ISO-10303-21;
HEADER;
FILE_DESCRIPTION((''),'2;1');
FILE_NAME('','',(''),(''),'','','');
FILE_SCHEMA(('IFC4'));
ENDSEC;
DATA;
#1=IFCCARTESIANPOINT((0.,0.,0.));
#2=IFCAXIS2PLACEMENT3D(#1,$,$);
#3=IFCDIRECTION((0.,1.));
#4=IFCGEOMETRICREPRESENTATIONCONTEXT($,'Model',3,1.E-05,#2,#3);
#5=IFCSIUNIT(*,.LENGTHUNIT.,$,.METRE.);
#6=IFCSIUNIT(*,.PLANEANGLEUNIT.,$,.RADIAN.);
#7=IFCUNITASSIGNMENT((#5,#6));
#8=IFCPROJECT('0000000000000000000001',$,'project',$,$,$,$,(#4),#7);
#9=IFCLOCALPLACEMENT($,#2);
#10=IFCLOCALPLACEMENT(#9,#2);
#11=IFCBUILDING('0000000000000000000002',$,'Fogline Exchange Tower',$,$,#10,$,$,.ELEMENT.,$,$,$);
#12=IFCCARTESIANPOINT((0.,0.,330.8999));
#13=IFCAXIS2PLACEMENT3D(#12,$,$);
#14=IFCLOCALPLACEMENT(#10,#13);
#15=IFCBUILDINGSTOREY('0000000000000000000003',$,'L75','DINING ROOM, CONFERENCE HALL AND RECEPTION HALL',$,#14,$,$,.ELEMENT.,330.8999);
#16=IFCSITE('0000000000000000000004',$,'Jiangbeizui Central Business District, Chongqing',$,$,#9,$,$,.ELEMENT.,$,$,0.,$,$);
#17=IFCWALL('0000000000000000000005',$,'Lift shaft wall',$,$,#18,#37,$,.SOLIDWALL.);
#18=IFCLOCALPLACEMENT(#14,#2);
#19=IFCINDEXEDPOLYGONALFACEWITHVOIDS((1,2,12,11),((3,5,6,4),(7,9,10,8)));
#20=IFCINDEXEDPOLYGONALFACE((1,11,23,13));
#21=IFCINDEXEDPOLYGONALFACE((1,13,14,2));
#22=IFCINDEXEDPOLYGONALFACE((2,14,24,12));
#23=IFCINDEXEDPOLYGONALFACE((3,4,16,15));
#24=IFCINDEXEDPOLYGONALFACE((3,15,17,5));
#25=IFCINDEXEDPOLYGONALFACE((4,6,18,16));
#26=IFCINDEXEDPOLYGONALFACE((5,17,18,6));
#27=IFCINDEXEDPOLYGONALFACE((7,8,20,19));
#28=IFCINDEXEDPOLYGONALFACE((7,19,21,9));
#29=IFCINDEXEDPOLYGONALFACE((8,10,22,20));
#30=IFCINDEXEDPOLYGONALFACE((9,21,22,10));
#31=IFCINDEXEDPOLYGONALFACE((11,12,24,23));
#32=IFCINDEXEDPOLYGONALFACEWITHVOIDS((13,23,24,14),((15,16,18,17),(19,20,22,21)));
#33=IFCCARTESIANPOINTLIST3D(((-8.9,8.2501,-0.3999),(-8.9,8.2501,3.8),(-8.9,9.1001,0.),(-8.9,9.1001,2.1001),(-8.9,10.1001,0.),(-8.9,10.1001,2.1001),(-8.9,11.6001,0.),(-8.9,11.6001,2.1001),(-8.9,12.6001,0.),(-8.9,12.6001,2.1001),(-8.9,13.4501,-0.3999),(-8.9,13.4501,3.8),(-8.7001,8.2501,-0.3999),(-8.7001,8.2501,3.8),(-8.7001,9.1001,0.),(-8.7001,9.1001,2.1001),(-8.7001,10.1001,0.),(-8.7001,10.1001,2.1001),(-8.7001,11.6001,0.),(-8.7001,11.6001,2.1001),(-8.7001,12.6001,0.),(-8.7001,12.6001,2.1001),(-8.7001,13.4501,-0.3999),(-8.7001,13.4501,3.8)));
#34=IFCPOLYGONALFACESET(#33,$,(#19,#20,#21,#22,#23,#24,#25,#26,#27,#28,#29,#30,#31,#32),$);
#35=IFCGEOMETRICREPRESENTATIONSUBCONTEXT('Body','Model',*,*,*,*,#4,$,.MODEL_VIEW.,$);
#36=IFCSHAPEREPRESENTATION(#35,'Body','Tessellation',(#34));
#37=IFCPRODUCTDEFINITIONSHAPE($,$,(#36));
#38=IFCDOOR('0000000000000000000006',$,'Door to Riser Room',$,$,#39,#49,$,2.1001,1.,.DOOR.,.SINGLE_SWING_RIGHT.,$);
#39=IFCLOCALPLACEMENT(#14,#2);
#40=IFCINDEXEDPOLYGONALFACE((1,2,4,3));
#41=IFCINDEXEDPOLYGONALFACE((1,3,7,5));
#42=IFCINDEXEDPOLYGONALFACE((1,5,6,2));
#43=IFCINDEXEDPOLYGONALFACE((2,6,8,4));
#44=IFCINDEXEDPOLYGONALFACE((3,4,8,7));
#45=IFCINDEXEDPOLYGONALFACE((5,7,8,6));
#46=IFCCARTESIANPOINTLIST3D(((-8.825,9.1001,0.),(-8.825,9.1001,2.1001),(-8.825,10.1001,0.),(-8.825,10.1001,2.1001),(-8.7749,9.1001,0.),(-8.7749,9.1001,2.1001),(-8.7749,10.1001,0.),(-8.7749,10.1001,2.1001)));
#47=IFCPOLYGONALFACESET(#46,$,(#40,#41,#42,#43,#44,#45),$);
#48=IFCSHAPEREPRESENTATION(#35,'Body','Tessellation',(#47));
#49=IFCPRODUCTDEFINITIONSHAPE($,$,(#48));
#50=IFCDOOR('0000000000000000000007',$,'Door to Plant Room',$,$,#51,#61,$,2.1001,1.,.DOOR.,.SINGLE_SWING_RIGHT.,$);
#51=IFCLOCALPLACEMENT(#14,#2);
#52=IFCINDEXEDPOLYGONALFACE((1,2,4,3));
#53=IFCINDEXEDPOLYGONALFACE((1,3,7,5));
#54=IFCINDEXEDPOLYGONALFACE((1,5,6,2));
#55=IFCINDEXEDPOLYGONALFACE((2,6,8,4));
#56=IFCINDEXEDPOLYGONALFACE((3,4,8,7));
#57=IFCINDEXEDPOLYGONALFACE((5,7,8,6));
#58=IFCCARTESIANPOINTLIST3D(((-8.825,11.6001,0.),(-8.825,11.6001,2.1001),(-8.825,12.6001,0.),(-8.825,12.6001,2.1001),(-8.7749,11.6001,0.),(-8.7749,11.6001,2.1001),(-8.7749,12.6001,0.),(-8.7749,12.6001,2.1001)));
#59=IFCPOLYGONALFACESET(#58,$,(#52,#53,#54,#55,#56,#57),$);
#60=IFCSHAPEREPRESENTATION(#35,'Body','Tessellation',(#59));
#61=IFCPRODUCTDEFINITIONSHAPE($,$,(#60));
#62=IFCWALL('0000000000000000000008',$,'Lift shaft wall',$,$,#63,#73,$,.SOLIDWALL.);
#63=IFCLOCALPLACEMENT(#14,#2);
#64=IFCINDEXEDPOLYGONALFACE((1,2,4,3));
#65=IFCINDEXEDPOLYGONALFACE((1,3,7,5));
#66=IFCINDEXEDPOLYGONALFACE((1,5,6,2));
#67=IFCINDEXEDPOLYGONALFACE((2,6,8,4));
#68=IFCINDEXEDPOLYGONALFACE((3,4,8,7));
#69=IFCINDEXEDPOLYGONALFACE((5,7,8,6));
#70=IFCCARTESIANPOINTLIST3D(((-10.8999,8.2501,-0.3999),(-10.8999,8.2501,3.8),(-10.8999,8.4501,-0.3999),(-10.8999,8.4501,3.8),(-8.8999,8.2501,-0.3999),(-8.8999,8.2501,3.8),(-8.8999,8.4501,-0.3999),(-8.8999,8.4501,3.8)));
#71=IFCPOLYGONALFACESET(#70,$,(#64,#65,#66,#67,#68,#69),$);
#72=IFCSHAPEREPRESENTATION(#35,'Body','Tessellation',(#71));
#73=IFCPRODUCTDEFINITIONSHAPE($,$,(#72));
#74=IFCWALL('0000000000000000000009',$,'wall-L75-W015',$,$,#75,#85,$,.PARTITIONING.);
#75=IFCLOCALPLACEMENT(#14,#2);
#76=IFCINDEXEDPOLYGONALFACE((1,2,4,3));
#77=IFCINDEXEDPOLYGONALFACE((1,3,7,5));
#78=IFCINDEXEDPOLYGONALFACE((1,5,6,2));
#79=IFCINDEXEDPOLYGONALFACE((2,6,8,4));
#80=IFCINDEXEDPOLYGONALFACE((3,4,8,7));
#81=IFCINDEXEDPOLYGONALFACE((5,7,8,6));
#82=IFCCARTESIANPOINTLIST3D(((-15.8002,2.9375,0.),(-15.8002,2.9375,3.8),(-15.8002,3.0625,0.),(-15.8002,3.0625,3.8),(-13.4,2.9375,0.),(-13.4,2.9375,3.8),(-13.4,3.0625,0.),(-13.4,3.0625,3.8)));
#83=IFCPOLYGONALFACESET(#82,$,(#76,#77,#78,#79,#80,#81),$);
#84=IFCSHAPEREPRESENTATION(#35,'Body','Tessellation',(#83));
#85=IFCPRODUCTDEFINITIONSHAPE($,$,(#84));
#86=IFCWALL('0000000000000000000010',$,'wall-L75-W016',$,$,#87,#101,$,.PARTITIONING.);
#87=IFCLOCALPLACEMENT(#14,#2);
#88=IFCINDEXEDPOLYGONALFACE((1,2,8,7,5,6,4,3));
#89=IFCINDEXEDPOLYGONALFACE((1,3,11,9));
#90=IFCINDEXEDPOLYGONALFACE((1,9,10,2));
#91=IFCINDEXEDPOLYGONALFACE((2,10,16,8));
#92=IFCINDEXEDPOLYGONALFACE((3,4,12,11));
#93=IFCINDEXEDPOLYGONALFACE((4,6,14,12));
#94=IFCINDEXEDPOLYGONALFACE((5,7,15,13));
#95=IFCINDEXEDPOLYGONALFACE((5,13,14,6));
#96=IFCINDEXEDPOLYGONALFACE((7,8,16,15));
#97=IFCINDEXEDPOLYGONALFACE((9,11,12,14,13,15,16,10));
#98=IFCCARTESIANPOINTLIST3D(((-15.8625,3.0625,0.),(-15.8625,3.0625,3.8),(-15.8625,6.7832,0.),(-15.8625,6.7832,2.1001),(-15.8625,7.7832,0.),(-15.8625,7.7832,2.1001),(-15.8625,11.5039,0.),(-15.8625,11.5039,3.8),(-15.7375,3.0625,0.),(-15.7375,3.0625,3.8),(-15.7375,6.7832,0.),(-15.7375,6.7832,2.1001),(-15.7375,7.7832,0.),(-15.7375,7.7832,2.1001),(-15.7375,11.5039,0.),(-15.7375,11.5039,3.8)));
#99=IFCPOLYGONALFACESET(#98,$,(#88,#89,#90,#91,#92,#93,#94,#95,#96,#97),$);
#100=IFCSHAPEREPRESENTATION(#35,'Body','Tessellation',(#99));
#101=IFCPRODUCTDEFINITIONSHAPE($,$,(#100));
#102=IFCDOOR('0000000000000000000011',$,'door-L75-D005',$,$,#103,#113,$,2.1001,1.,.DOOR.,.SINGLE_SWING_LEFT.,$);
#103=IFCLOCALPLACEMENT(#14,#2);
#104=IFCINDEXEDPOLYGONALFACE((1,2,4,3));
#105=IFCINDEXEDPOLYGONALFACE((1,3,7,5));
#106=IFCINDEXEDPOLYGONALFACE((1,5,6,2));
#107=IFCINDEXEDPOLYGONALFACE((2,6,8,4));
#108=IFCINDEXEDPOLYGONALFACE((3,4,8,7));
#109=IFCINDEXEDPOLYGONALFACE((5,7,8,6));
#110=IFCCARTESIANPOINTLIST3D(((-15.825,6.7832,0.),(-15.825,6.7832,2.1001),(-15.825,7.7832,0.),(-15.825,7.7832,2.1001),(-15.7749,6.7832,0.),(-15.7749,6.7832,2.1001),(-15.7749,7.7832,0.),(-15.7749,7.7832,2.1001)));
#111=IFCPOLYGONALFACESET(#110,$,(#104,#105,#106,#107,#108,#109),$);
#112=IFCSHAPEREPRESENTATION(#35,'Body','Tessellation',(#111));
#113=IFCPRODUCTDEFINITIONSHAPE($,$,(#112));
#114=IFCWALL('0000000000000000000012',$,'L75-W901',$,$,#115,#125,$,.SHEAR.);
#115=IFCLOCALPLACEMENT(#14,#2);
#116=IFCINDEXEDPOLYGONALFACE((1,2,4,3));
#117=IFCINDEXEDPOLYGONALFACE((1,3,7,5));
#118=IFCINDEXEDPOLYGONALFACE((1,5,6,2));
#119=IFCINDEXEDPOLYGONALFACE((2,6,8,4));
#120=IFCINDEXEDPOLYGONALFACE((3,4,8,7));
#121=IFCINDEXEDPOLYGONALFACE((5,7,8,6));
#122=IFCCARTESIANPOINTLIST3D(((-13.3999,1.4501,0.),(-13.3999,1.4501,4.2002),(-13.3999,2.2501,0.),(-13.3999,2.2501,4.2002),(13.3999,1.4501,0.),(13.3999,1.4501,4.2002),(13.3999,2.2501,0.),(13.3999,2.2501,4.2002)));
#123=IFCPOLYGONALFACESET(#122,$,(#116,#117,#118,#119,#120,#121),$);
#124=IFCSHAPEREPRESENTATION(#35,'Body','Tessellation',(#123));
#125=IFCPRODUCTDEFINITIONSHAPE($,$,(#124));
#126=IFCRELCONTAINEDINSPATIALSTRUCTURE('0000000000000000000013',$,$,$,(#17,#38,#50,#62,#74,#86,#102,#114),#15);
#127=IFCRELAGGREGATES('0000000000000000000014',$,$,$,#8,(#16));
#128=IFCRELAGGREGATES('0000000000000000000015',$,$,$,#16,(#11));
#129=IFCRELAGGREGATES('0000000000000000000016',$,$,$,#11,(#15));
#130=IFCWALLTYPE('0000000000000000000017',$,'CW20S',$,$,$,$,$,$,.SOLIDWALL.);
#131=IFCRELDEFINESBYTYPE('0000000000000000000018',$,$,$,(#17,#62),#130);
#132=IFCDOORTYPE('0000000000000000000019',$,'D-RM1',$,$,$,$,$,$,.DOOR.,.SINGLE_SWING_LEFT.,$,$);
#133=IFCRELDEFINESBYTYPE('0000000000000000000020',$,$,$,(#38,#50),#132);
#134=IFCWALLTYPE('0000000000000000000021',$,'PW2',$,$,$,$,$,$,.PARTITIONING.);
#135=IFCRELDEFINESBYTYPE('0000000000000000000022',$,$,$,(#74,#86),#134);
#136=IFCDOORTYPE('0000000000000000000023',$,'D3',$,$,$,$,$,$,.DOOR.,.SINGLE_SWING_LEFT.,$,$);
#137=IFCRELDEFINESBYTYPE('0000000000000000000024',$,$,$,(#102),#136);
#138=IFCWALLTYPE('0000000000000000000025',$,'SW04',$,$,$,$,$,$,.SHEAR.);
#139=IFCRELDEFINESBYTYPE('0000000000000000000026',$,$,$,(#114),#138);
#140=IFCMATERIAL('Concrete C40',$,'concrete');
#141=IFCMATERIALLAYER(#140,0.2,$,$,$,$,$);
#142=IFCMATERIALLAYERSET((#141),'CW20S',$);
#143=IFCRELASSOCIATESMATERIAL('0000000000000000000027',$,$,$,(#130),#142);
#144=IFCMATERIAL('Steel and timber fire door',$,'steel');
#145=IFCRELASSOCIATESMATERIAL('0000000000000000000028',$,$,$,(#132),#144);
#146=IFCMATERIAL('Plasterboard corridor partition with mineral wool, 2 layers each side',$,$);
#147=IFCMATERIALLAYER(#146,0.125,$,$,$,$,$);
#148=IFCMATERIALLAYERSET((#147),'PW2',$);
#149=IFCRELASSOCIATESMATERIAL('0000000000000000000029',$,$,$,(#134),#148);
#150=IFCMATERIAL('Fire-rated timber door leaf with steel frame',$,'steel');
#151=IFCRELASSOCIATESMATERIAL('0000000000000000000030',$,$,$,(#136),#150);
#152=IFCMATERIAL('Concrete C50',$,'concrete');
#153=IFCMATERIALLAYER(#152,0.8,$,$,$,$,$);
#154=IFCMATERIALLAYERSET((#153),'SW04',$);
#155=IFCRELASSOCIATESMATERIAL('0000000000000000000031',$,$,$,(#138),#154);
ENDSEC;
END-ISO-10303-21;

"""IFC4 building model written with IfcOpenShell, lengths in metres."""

from ifc_helpers import new_model, si_unit, direction, frame, frame_2d, origin, place, context, subcontext, project, spatial, rectangle, extrude, material, layer, layer_set, type_object, element, fill, save


model = new_model("IFC4")

# Units and contexts
model_context = context("Model", 3, precision=1e-05, world=origin(), true_north=direction((0.0, 1.0)))
body_context = subcontext(model_context, "Body", "Model", "MODEL_VIEW")
ifc_project = project(units=[si_unit("LENGTHUNIT", "METRE"), si_unit("PLANEANGLEUNIT", "RADIAN")], contexts=[model_context])

# Site, building, storey
site_placement = place(None, origin())
site = spatial("IfcSite", under=ifc_project, at=site_placement, Name="Jiangbeizui Central Business District, Chongqing", CompositionType="ELEMENT", RefElevation=0.0)
building_placement = place(site_placement, origin())
building = spatial("IfcBuilding", under=site, at=building_placement, Name="Fogline Exchange Tower", CompositionType="ELEMENT")
storey_placement = place(building_placement, frame((0.0, 0.0, 330.8999)))
storey = spatial("IfcBuildingStorey", under=building, at=storey_placement, Name="L75", Description="DINING ROOM, CONFERENCE HALL AND RECEPTION HALL", CompositionType="ELEMENT", Elevation=330.8999)

# Shared definitions
ifc_material_1 = material(Name="Concrete C40", Category="concrete")

# Shared definitions
ifc_material_2 = material(Name="Steel and timber fire door", Category="steel")

# Wall, openings, doors
ifc_layer_1 = layer(ifc_material_1, 0.2)
ifc_layer_set_1 = layer_set([ifc_layer_1], Name="CW20S")
wall_type_1 = type_object("IfcWallType", Name="CW20S", PredefinedType="SOLIDWALL", material=ifc_layer_set_1)
wall_1_placement = place(storey_placement, frame((-8.8, 8.25, -0.3999), z_axis=(0.0, 0.0, 1.0), x_axis=(0.0, 1.0, 0.0)))
wall_1 = element("IfcWall", 1, at=wall_1_placement, inside=storey, type_object=wall_type_1, Name="Lift shaft wall", PredefinedType="SOLIDWALL", context=body_context, shape_type="SweptSolid", body=[
    extrude(rectangle(XDim=5.2, YDim=0.2, at=frame_2d((2.6001, 0.0))), origin(), (0.0, 0.0, 1.0), 4.2),
])
opening_1_placement = place(wall_1_placement, frame((0.8501, 0.0, 0.3999)))
opening_1 = element("IfcOpeningElement", 2, at=opening_1_placement, cuts=wall_1, PredefinedType="OPENING", context=body_context, shape_type="SweptSolid", body=[
    extrude(rectangle(XDim=1.0, YDim=2.1001, at=frame_2d((0.5, 1.05))), frame((0.0, 0.1099, 0.0), z_axis=(0.0, -1.0, 0.0), x_axis=(1.0, 0.0, 0.0)), (0.0, 0.0, 1.0), 0.22),
])
opening_2_placement = place(wall_1_placement, frame((3.3501, 0.0, 0.3999)))
opening_2 = element("IfcOpeningElement", 3, at=opening_2_placement, cuts=wall_1, PredefinedType="OPENING", context=body_context, shape_type="SweptSolid", body=[
    extrude(rectangle(XDim=1.0, YDim=2.1001, at=frame_2d((0.5, 1.05))), frame((0.0, 0.1099, 0.0), z_axis=(0.0, -1.0, 0.0), x_axis=(1.0, 0.0, 0.0)), (0.0, 0.0, 1.0), 0.22),
])
door_type_1 = type_object("IfcDoorType", Name="D-RM1", OperationType="SINGLE_SWING_LEFT", PredefinedType="DOOR", material=ifc_material_2)
door_1_placement = place(opening_1_placement, origin())
door_1 = element("IfcDoor", 4, at=door_1_placement, inside=storey, type_object=door_type_1, Name="Door to Riser Room", OperationType="SINGLE_SWING_RIGHT", OverallHeight=2.1001, OverallWidth=1.0, PredefinedType="DOOR", context=body_context, shape_type="SweptSolid", body=[
    extrude(rectangle(XDim=1.0, YDim=2.1001, at=frame_2d((0.5, 1.05))), frame((0.0, 0.0249, 0.0), z_axis=(0.0, -1.0, 0.0), x_axis=(1.0, 0.0, 0.0)), (0.0, 0.0, 1.0), 0.05),
])
fill(opening_1, door_1)
door_2_placement = place(opening_2_placement, origin())
door_2 = element("IfcDoor", 5, at=door_2_placement, inside=storey, type_object=door_type_1, Name="Door to Plant Room", OperationType="SINGLE_SWING_RIGHT", OverallHeight=2.1001, OverallWidth=1.0, PredefinedType="DOOR", context=body_context, shape_type="SweptSolid", body=[
    extrude(rectangle(XDim=1.0, YDim=2.1001, at=frame_2d((0.5, 1.05))), frame((0.0, 0.0249, 0.0), z_axis=(0.0, -1.0, 0.0), x_axis=(1.0, 0.0, 0.0)), (0.0, 0.0, 1.0), 0.05),
])
fill(opening_2, door_2)

# Walls
wall_2_placement = place(storey_placement, frame((-10.8999, 8.3501, -0.3999), z_axis=(0.0, 0.0, 1.0), x_axis=(1.0, 0.0, 0.0)))
element("IfcWall", 6, at=wall_2_placement, inside=storey, type_object=wall_type_1, Name="Lift shaft wall", PredefinedType="SOLIDWALL", context=body_context, shape_type="SweptSolid", body=[
    extrude(rectangle(XDim=2.0, YDim=0.2, at=frame_2d((1.0, 0.0))), origin(), (0.0, 0.0, 1.0), 4.2),
])
ifc_material_3 = material(Name="Plasterboard corridor partition with mineral wool, 2 layers each side")
ifc_layer_2 = layer(ifc_material_3, 0.125)
ifc_layer_set_2 = layer_set([ifc_layer_2], Name="PW2")
wall_type_2 = type_object("IfcWallType", Name="PW2", PredefinedType="PARTITIONING", material=ifc_layer_set_2)
wall_3_placement = place(storey_placement, frame((-13.3999, 3.0, 0.0), z_axis=(0.0, 0.0, 1.0), x_axis=(-1.0, 0.0, 0.0)))
element("IfcWall", 7, at=wall_3_placement, inside=storey, type_object=wall_type_2, Name="wall-L75-W015", PredefinedType="PARTITIONING", context=body_context, shape_type="SweptSolid", body=[
    extrude(rectangle(XDim=2.4001, YDim=0.125, at=frame_2d((1.2002, 0.0))), origin(), (0.0, 0.0, 1.0), 3.8),
])

# Wall, opening, door
wall_4_placement = place(storey_placement, frame((-15.8, 3.0625, 0.0), z_axis=(0.0, 0.0, 1.0), x_axis=(0.0, 1.0, 0.0)))
wall_4 = element("IfcWall", 8, at=wall_4_placement, inside=storey, type_object=wall_type_2, Name="wall-L75-W016", PredefinedType="PARTITIONING", context=body_context, shape_type="SweptSolid", body=[
    extrude(rectangle(XDim=8.4414, YDim=0.125, at=frame_2d((4.2207, 0.0))), origin(), (0.0, 0.0, 1.0), 3.8),
])
opening_3_placement = place(wall_4_placement, frame((3.7207, 0.0, 0.0)))
opening_3 = element("IfcOpeningElement", 9, at=opening_3_placement, cuts=wall_4, PredefinedType="OPENING", context=body_context, shape_type="SweptSolid", body=[
    extrude(rectangle(XDim=1.0, YDim=2.1001, at=frame_2d((0.5, 1.05))), frame((0.0, 0.0725, 0.0), z_axis=(0.0, -1.0, 0.0), x_axis=(1.0, 0.0, 0.0)), (0.0, 0.0, 1.0), 0.145),
])
ifc_material_4 = material(Name="Fire-rated timber door leaf with steel frame", Category="steel")
door_type_2 = type_object("IfcDoorType", Name="D3", OperationType="SINGLE_SWING_LEFT", PredefinedType="DOOR", material=ifc_material_4)
door_3_placement = place(opening_3_placement, origin())
door_3 = element("IfcDoor", 10, at=door_3_placement, inside=storey, type_object=door_type_2, Name="door-L75-D005", OperationType="SINGLE_SWING_LEFT", OverallHeight=2.1001, OverallWidth=1.0, PredefinedType="DOOR", context=body_context, shape_type="SweptSolid", body=[
    extrude(rectangle(XDim=1.0, YDim=2.1001, at=frame_2d((0.5, 1.05))), frame((0.0, 0.0249, 0.0), z_axis=(0.0, -1.0, 0.0), x_axis=(1.0, 0.0, 0.0)), (0.0, 0.0, 1.0), 0.05),
])
fill(opening_3, door_3)

# Wall
ifc_material_5 = material(Name="Concrete C50", Category="concrete")
ifc_layer_3 = layer(ifc_material_5, 0.8)
ifc_layer_set_3 = layer_set([ifc_layer_3], Name="SW04")
wall_type_3 = type_object("IfcWallType", Name="SW04", PredefinedType="SHEAR", material=ifc_layer_set_3)
wall_5_placement = place(storey_placement, frame((-13.3999, 1.8501, 0.0), z_axis=(0.0, 0.0, 1.0), x_axis=(1.0, 0.0, 0.0)))
element("IfcWall", 11, at=wall_5_placement, inside=storey, type_object=wall_type_3, Name="L75-W901", PredefinedType="SHEAR", context=body_context, shape_type="SweptSolid", body=[
    extrude(rectangle(XDim=26.7998, YDim=0.8, at=frame_2d((13.3999, 0.0))), origin(), (0.0, 0.0, 1.0), 4.2002),
])

save(model, "model.ifc")
